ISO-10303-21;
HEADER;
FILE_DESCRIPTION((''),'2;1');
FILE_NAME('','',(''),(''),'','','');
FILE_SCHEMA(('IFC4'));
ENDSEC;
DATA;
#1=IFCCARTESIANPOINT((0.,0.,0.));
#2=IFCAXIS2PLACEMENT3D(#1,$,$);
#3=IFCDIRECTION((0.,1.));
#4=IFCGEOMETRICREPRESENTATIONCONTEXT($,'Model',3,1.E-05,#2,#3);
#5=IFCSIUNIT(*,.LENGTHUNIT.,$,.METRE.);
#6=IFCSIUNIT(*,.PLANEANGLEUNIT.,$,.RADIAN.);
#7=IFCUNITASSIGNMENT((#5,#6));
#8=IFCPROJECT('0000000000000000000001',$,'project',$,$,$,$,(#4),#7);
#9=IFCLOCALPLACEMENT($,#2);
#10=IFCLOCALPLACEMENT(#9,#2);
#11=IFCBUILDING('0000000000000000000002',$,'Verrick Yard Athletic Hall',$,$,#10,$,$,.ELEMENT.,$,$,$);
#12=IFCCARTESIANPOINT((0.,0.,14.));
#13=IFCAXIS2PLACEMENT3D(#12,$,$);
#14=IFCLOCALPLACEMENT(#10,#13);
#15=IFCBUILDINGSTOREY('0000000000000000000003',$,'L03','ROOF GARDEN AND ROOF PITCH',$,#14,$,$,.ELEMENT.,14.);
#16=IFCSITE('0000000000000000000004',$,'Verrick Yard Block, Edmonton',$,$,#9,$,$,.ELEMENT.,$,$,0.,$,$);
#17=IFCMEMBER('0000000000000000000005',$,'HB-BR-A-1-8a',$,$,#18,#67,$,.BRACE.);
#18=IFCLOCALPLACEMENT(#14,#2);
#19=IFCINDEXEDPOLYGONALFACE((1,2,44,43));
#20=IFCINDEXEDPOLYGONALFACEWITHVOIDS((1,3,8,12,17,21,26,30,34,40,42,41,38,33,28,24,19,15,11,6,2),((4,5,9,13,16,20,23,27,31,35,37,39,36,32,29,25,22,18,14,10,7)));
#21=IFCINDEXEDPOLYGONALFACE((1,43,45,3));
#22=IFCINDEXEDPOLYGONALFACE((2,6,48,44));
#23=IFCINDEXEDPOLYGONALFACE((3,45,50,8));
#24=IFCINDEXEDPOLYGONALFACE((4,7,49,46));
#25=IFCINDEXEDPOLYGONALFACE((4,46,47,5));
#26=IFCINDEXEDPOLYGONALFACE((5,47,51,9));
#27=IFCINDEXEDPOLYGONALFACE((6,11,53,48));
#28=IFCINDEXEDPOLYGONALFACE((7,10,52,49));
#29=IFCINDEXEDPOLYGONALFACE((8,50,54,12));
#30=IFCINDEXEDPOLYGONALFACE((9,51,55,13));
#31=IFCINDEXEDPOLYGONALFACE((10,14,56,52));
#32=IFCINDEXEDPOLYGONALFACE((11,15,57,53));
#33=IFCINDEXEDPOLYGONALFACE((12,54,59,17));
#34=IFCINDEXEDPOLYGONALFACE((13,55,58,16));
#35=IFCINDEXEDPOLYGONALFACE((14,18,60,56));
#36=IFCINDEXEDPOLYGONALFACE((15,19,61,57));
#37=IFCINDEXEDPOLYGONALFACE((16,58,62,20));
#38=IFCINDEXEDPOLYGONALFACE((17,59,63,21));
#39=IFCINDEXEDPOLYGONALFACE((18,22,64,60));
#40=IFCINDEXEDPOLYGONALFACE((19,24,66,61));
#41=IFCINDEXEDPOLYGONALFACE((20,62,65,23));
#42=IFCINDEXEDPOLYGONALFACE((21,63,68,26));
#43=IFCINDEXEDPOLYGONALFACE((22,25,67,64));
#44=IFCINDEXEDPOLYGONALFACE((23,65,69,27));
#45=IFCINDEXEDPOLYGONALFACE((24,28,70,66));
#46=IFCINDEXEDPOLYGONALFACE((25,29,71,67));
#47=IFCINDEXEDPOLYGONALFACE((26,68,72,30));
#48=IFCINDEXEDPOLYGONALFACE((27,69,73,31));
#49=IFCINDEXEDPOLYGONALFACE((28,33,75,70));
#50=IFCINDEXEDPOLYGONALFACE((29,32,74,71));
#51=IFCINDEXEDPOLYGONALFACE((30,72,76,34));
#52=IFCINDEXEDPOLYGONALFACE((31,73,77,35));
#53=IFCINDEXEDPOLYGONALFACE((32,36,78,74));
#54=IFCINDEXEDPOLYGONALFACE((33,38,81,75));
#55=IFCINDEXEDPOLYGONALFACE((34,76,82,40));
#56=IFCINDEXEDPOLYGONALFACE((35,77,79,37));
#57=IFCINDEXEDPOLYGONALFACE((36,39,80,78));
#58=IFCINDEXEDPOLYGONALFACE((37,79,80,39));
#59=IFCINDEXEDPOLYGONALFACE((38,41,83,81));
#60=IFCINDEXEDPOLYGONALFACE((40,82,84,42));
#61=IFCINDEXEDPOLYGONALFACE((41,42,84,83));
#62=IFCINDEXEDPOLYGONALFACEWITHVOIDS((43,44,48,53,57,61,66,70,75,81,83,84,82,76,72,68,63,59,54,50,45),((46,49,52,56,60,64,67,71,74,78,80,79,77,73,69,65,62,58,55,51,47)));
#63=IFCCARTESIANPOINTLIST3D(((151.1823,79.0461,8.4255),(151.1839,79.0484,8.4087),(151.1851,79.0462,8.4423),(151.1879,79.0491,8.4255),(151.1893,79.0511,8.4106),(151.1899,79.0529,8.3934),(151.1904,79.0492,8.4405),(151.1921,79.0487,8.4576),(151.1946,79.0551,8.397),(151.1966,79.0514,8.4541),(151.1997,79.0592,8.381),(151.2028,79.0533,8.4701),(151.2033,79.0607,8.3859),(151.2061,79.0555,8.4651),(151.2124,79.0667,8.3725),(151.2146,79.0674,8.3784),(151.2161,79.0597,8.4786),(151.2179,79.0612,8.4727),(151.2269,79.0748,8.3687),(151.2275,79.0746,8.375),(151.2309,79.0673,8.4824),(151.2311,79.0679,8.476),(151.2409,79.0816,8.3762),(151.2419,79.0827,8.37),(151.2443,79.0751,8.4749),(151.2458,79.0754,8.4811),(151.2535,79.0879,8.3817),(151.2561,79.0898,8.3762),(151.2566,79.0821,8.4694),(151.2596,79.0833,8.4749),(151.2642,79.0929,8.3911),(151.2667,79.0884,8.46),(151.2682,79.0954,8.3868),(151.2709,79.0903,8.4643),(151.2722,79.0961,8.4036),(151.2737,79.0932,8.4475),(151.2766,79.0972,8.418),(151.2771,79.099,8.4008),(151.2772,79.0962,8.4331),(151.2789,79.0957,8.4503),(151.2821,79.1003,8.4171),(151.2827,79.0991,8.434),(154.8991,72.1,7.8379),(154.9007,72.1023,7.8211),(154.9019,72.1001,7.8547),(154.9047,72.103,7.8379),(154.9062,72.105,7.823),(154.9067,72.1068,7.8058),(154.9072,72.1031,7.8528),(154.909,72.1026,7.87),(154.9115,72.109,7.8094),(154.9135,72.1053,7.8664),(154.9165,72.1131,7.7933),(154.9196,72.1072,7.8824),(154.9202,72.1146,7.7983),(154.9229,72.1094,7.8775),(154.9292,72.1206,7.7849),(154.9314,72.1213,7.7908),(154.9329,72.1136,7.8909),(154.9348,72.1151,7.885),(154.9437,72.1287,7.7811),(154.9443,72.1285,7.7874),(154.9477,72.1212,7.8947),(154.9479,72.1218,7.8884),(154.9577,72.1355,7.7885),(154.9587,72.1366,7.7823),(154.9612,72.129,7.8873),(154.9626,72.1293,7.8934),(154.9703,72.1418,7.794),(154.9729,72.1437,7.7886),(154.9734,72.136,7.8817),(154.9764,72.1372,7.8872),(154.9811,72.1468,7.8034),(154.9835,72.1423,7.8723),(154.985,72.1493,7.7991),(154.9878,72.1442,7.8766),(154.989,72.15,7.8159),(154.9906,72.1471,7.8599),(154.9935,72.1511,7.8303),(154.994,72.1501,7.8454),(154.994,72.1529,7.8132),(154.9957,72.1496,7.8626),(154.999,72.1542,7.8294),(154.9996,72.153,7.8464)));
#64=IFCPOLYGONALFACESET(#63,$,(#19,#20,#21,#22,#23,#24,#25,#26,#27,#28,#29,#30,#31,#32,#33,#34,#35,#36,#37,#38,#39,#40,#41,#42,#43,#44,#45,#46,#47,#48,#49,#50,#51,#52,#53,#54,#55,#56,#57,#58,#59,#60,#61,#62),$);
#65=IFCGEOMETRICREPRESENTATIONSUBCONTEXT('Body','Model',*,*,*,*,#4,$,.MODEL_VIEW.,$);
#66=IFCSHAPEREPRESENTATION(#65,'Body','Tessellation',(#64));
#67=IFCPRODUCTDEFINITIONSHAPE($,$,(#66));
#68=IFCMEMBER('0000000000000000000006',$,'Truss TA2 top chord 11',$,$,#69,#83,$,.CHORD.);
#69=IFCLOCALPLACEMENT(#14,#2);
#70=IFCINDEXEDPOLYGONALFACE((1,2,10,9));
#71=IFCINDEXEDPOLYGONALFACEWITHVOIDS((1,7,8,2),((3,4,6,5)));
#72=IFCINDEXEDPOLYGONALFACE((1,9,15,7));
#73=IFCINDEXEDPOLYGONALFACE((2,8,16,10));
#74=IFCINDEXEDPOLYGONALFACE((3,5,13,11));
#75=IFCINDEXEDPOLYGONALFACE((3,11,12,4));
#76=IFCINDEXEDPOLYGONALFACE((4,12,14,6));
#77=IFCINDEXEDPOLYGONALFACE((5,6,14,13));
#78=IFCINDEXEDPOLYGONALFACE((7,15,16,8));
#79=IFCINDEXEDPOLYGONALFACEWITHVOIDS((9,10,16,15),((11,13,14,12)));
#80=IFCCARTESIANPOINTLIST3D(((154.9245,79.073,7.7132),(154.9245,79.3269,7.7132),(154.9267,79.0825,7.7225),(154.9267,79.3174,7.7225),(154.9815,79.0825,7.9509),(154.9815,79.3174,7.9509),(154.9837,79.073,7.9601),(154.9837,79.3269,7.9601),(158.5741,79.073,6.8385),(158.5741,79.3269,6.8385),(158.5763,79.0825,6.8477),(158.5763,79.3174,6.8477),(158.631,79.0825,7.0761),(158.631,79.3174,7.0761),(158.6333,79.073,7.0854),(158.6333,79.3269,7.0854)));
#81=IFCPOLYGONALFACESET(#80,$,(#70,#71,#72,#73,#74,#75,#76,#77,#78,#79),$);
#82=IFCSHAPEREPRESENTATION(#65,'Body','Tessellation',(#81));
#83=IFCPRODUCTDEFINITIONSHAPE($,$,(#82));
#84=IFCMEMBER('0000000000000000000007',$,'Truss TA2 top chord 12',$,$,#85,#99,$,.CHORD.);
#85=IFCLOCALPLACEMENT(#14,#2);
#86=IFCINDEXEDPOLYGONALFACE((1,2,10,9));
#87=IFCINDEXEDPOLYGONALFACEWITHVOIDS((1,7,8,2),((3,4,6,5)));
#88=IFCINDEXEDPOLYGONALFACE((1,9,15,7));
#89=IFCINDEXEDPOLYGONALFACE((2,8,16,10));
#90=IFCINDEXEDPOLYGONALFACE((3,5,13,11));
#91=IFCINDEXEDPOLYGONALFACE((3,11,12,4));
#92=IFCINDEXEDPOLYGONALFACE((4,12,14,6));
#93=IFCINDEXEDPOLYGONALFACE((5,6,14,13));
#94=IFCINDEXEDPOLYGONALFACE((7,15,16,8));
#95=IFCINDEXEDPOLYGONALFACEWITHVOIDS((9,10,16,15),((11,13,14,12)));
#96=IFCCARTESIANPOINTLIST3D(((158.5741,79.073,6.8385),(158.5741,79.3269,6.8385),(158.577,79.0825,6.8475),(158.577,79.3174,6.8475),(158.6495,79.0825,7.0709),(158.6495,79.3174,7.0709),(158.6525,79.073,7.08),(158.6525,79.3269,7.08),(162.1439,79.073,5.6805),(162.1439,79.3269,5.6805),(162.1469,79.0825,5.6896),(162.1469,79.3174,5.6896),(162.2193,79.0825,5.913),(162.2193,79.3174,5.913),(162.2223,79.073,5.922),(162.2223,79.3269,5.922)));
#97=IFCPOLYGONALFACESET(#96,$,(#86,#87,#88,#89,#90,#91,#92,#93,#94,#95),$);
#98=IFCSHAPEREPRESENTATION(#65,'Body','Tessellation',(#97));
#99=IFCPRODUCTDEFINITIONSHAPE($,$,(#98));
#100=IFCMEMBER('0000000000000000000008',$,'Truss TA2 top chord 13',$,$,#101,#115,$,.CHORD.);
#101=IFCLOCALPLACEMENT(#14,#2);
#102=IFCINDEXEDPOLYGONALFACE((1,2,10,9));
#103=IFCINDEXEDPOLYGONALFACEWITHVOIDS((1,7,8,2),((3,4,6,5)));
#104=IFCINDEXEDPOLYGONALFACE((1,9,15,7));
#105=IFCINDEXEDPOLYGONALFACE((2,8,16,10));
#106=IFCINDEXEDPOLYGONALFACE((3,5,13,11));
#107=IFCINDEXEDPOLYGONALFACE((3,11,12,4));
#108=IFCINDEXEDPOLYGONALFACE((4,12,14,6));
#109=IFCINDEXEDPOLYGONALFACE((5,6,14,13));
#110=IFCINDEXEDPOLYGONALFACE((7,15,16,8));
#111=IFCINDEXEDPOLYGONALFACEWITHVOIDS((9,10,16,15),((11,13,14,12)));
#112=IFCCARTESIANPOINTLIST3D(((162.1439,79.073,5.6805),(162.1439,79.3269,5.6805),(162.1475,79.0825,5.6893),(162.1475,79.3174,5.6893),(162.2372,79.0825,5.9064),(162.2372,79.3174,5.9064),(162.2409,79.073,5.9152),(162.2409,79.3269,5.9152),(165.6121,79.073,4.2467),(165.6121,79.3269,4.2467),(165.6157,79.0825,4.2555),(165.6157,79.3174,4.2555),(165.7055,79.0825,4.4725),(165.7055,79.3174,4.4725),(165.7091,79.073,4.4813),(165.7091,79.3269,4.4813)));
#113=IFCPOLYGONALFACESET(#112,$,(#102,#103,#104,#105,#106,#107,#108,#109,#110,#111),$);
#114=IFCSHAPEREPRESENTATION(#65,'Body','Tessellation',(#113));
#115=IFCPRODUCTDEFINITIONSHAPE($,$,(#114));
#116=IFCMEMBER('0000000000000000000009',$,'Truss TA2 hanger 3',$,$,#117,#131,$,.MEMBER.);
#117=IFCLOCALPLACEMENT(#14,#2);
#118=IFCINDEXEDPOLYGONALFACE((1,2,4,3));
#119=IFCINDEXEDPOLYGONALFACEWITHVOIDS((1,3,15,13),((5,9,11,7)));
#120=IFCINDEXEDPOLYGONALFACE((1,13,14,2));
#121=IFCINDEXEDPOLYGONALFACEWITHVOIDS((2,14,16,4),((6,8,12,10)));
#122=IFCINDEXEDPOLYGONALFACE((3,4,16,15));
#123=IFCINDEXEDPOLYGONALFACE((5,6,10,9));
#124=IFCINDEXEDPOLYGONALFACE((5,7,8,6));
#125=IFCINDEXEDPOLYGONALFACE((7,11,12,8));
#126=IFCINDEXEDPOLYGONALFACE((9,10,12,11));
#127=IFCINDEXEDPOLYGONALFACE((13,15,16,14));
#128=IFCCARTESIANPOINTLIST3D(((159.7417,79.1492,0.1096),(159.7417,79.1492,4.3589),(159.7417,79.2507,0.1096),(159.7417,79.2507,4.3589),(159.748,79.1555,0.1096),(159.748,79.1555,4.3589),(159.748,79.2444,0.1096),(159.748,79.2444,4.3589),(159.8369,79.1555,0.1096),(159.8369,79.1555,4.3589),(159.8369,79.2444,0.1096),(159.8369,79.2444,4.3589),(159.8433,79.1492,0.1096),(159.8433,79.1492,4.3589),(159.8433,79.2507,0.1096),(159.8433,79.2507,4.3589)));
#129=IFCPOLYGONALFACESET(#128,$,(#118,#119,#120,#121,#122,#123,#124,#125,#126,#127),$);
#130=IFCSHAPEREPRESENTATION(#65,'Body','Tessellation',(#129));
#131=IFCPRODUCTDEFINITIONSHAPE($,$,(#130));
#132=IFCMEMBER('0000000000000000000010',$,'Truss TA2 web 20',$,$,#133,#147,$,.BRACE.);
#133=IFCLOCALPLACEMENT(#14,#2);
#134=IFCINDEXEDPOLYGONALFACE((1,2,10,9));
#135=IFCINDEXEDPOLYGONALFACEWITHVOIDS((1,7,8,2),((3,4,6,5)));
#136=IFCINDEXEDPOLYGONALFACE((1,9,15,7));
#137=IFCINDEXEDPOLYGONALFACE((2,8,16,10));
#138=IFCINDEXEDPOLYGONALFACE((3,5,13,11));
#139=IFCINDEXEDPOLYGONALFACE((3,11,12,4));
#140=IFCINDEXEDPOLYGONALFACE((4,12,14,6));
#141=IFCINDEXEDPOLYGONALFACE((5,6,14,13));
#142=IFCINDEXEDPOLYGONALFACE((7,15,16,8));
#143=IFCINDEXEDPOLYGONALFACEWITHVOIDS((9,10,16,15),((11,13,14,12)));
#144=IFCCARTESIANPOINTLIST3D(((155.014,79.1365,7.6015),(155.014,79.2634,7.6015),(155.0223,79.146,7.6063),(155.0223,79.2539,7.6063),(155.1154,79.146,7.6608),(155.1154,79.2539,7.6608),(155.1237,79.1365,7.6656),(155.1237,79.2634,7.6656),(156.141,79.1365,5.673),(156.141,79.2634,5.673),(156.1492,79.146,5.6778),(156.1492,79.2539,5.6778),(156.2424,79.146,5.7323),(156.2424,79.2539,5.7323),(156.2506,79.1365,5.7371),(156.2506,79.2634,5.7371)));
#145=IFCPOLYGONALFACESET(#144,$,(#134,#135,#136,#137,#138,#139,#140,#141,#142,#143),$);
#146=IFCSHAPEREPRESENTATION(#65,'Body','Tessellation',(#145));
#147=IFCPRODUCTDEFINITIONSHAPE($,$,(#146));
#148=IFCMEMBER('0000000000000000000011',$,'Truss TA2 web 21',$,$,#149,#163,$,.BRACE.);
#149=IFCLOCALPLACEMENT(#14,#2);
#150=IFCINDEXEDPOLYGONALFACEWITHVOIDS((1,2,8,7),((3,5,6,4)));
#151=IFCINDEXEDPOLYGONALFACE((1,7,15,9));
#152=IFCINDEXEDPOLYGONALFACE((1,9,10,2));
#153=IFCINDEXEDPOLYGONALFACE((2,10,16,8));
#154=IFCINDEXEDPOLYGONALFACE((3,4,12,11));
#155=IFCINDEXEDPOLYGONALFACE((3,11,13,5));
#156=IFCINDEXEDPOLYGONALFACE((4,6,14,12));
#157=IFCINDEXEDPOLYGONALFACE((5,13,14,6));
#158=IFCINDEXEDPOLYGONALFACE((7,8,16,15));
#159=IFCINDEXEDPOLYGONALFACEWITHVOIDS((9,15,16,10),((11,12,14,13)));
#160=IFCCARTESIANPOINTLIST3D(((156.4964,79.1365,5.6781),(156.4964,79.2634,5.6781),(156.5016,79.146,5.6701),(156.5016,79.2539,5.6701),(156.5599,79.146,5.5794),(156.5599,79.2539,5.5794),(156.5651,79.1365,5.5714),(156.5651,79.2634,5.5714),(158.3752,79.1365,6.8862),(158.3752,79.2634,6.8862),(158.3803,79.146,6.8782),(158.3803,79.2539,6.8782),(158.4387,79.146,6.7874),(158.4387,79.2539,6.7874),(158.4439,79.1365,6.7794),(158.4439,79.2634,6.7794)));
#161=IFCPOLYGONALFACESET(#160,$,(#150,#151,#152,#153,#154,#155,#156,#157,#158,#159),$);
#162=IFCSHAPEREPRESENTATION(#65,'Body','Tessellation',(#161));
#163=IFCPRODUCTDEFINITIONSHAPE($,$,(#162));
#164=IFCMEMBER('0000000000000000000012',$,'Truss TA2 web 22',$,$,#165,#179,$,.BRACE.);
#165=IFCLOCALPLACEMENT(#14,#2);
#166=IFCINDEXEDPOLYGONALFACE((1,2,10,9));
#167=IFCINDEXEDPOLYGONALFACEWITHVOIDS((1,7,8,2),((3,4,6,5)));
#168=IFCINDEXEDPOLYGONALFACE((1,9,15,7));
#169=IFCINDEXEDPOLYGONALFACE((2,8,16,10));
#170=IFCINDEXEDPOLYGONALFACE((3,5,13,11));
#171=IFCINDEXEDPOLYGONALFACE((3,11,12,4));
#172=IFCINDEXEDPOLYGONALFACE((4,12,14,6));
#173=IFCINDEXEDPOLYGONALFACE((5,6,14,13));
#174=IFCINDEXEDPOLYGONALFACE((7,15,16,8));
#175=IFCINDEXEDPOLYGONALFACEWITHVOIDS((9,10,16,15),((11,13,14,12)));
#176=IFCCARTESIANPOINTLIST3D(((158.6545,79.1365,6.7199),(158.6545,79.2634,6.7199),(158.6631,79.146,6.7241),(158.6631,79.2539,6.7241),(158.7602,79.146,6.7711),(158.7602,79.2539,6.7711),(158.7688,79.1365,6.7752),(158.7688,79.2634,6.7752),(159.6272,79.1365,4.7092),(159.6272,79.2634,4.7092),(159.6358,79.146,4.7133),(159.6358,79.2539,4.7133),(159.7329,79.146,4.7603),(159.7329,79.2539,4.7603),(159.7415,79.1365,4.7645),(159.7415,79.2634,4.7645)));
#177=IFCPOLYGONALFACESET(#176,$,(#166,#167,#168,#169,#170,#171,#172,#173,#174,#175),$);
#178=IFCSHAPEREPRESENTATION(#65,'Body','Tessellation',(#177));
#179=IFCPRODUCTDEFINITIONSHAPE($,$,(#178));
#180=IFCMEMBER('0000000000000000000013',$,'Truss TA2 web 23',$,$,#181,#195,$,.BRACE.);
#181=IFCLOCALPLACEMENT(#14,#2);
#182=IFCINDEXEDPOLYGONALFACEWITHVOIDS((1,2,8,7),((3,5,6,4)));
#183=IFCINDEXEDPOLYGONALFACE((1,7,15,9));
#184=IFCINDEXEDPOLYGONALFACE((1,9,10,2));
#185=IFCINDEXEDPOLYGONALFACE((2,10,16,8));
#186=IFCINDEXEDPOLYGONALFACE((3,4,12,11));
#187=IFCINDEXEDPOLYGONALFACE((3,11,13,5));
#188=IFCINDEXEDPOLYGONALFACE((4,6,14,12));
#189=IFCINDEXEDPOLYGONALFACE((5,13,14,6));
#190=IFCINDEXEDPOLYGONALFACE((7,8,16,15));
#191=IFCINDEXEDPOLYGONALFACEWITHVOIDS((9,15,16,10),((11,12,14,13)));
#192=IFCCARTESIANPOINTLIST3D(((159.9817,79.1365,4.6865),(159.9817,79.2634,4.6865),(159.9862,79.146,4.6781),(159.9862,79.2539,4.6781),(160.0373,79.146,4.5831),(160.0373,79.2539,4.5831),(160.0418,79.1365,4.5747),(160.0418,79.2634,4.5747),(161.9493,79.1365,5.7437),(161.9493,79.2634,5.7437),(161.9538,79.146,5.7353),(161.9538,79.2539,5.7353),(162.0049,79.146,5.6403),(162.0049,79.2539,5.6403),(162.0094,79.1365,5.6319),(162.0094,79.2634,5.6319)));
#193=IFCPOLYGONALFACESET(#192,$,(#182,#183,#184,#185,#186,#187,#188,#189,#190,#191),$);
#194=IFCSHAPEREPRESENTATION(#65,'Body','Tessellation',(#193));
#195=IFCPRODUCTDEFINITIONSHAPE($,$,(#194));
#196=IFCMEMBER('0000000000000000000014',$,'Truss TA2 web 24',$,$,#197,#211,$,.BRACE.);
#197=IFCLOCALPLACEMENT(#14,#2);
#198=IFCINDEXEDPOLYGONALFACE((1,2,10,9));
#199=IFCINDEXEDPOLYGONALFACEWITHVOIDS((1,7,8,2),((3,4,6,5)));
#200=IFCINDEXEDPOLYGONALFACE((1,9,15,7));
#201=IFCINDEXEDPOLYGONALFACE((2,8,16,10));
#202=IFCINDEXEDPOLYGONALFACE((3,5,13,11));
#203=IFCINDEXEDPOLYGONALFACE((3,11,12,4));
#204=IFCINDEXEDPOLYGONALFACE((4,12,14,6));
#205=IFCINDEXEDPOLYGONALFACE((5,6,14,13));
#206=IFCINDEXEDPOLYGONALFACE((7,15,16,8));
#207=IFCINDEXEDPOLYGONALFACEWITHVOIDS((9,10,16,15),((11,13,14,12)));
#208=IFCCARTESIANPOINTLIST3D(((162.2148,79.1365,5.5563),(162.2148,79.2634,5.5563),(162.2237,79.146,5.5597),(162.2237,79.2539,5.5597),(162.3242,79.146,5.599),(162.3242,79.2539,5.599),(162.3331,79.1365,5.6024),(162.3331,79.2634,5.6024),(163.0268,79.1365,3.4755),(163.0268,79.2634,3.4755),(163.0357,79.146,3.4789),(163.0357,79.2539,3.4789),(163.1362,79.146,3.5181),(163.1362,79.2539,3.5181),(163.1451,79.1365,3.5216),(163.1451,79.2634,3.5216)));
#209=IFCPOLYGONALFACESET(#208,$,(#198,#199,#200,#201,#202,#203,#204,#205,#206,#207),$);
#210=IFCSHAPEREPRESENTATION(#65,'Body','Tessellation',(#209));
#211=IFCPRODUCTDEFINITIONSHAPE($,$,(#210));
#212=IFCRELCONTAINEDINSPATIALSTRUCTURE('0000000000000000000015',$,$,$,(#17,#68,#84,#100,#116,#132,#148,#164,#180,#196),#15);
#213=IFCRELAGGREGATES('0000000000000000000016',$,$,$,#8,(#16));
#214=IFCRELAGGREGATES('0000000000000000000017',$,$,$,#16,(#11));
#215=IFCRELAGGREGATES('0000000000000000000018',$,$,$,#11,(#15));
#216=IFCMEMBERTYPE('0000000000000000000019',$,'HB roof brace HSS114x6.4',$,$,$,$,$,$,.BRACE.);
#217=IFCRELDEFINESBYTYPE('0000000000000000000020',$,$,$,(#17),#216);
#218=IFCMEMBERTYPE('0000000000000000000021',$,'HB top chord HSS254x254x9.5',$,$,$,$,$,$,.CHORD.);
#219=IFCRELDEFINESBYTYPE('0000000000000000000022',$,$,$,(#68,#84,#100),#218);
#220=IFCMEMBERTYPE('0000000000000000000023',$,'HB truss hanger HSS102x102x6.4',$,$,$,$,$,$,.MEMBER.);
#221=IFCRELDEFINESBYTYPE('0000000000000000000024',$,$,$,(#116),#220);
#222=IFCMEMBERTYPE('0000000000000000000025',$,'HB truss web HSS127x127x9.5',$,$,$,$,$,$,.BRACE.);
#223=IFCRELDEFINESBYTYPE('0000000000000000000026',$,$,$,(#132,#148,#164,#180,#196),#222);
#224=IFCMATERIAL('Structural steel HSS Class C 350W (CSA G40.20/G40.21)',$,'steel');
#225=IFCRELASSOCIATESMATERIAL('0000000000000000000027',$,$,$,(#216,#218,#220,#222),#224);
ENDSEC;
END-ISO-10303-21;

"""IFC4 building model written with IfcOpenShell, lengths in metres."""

from ifc_helpers import new_model, si_unit, direction, frame, origin, origin_2d, place, context, subcontext, project, spatial, hollow_rectangle, hollow_circle, extrude, material, material_profile, profile_set, type_object, element, save


model = new_model("IFC4")

# Units and contexts
model_context = context("Model", 3, precision=1e-05, world=origin(), true_north=direction((0.0, 1.0)))
body_context = subcontext(model_context, "Body", "Model", "MODEL_VIEW")
ifc_project = project(units=[si_unit("LENGTHUNIT", "METRE"), si_unit("PLANEANGLEUNIT", "RADIAN")], contexts=[model_context])

# Site, building, storey
site_placement = place(None, origin())
site = spatial("IfcSite", under=ifc_project, at=site_placement, Name="Verrick Yard Block, Edmonton", CompositionType="ELEMENT", RefElevation=0.0)
building_placement = place(site_placement, origin())
building = spatial("IfcBuilding", under=site, at=building_placement, Name="Verrick Yard Athletic Hall", CompositionType="ELEMENT")
storey_placement = place(building_placement, frame((0.0, 0.0, 14.0)))
storey = spatial("IfcBuildingStorey", under=building, at=storey_placement, Name="L03", Description="ROOF GARDEN AND ROOF PITCH", CompositionType="ELEMENT", Elevation=14.0)

# Members
ifc_material_1 = material(Name="Structural steel HSS Class C 350W (CSA G40.20/G40.21)", Category="steel")
ifc_material_profile_1 = material_profile(ifc_material_1, hollow_circle(Radius=0.0571, WallThickness=0.0063, at=origin_2d()), Name="HSS114x6.4")
ifc_profile_set_1 = profile_set([ifc_material_profile_1], Name="Structural steel HSS Class C 350W (CSA G40.20/G40.21)")
member_type_1 = type_object("IfcMemberType", Name="HB roof brace HSS114x6.4", PredefinedType="BRACE", material=ifc_profile_set_1)
member_1_placement = place(storey_placement, frame((154.9495, 72.127, 7.8379), z_axis=(-0.47049, 0.879264, 0.074387), x_axis=(-0.881707, -0.471797, 0.0)))
element("IfcMember", 1, at=member_1_placement, inside=storey, type_object=member_type_1, Name="HB-BR-A-1-8a", PredefinedType="BRACE", context=body_context, shape_type="SweptSolid", body=[
    extrude(hollow_circle(Radius=0.0571, WallThickness=0.0063, at=origin_2d()), origin(), (0.0, 0.0, 1.0), 7.8999),
])
ifc_material_profile_2 = material_profile(ifc_material_1, hollow_rectangle(XDim=0.2539, YDim=0.2539, WallThickness=0.0095, at=origin_2d()), Name="HSS254x254x9.5")
ifc_profile_set_2 = profile_set([ifc_material_profile_2], Name="Structural steel HSS Class C 350W (CSA G40.20/G40.21)")
member_type_2 = type_object("IfcMemberType", Name="HB top chord HSS254x254x9.5", PredefinedType="CHORD", material=ifc_profile_set_2)
for number, where, z_axis, x_axis, name in (
    (2, (154.9541, 79.2, 7.8367), (0.972458, 0.0, -0.23308), (0.0, 1.0, 0.0), "Truss TA2 top chord 11"),
    (3, (158.6133, 79.2, 6.9592), (0.951209, 0.0, -0.308548), (0.0, 1.0, 0.0), "Truss TA2 top chord 12"),
    (4, (162.1924, 79.2, 5.7979), (0.92414, 0.0, -0.382055), (0.0, 1.0, 0.0), "Truss TA2 top chord 13"),
):
    element("IfcMember", number, at=place(storey_placement, frame(where, z_axis=z_axis, x_axis=x_axis)), inside=storey, type_object=member_type_2, Name=name, PredefinedType="CHORD", context=body_context, shape_type="SweptSolid", body=[
        extrude(hollow_rectangle(XDim=0.2539, YDim=0.2539, WallThickness=0.0095, at=origin_2d()), origin(), (0.0, 0.0, 1.0), 3.7529),
    ])
ifc_material_profile_3 = material_profile(ifc_material_1, hollow_rectangle(XDim=0.1016, YDim=0.1016, WallThickness=0.0063, at=origin_2d()), Name="HSS102x102x6.4")
ifc_profile_set_3 = profile_set([ifc_material_profile_3], Name="Structural steel HSS Class C 350W (CSA G40.20/G40.21)")
member_type_3 = type_object("IfcMemberType", Name="HB truss hanger HSS102x102x6.4", PredefinedType="MEMBER", material=ifc_profile_set_3)
member_2_placement = place(storey_placement, frame((159.7925, 79.2, 4.3589), z_axis=(0.0, 0.0, -1.0), x_axis=(0.0, -1.0, 0.0)))
element("IfcMember", 5, at=member_2_placement, inside=storey, type_object=member_type_3, Name="Truss TA2 hanger 3", PredefinedType="MEMBER", context=body_context, shape_type="SweptSolid", body=[
    extrude(hollow_rectangle(XDim=0.1016, YDim=0.1016, WallThickness=0.0063, at=origin_2d()), origin(), (0.0, 0.0, 1.0), 4.2493),
])
ifc_material_profile_4 = material_profile(ifc_material_1, hollow_rectangle(XDim=0.127, YDim=0.127, WallThickness=0.0095, at=origin_2d()), Name="HSS127x127x9.5")
ifc_profile_set_4 = profile_set([ifc_material_profile_4], Name="Structural steel HSS Class C 350W (CSA G40.20/G40.21)")
member_type_4 = type_object("IfcMemberType", Name="HB truss web HSS127x127x9.5", PredefinedType="BRACE", material=ifc_profile_set_4)
for number, where, z_axis, x_axis, name in (
    (6, (155.0688, 79.2, 7.6335), (0.504544, 0.0, -0.863386), (0.0, 1.0, 0.0), "Truss TA2 web 20"),
    (7, (156.5308, 79.2, 5.6248), (0.841118, 0.0, 0.540852), (0.0, 1.0, 0.0), "Truss TA2 web 21"),
    (8, (158.7117, 79.2, 6.7476), (0.435458, 0.0, -0.900209), (0.0, 1.0, 0.0), "Truss TA2 web 22"),
    (9, (160.0117, 79.2, 4.6306), (0.880902, 0.0, 0.473298), (0.0, 1.0, 0.0), "Truss TA2 web 23"),
    (10, (162.2739, 79.2, 5.5793), (0.363538, 0.0, -0.931579), (0.0, 1.0, 0.0), "Truss TA2 web 24"),
):
    element("IfcMember", number, at=place(storey_placement, frame(where, z_axis=z_axis, x_axis=x_axis)), inside=storey, type_object=member_type_4, Name=name, PredefinedType="BRACE", context=body_context, shape_type="SweptSolid", body=[
        extrude(hollow_rectangle(XDim=0.127, YDim=0.127, WallThickness=0.0095, at=origin_2d()), origin(), (0.0, 0.0, 1.0), 2.2336),
    ])

save(model, "model.ifc")
